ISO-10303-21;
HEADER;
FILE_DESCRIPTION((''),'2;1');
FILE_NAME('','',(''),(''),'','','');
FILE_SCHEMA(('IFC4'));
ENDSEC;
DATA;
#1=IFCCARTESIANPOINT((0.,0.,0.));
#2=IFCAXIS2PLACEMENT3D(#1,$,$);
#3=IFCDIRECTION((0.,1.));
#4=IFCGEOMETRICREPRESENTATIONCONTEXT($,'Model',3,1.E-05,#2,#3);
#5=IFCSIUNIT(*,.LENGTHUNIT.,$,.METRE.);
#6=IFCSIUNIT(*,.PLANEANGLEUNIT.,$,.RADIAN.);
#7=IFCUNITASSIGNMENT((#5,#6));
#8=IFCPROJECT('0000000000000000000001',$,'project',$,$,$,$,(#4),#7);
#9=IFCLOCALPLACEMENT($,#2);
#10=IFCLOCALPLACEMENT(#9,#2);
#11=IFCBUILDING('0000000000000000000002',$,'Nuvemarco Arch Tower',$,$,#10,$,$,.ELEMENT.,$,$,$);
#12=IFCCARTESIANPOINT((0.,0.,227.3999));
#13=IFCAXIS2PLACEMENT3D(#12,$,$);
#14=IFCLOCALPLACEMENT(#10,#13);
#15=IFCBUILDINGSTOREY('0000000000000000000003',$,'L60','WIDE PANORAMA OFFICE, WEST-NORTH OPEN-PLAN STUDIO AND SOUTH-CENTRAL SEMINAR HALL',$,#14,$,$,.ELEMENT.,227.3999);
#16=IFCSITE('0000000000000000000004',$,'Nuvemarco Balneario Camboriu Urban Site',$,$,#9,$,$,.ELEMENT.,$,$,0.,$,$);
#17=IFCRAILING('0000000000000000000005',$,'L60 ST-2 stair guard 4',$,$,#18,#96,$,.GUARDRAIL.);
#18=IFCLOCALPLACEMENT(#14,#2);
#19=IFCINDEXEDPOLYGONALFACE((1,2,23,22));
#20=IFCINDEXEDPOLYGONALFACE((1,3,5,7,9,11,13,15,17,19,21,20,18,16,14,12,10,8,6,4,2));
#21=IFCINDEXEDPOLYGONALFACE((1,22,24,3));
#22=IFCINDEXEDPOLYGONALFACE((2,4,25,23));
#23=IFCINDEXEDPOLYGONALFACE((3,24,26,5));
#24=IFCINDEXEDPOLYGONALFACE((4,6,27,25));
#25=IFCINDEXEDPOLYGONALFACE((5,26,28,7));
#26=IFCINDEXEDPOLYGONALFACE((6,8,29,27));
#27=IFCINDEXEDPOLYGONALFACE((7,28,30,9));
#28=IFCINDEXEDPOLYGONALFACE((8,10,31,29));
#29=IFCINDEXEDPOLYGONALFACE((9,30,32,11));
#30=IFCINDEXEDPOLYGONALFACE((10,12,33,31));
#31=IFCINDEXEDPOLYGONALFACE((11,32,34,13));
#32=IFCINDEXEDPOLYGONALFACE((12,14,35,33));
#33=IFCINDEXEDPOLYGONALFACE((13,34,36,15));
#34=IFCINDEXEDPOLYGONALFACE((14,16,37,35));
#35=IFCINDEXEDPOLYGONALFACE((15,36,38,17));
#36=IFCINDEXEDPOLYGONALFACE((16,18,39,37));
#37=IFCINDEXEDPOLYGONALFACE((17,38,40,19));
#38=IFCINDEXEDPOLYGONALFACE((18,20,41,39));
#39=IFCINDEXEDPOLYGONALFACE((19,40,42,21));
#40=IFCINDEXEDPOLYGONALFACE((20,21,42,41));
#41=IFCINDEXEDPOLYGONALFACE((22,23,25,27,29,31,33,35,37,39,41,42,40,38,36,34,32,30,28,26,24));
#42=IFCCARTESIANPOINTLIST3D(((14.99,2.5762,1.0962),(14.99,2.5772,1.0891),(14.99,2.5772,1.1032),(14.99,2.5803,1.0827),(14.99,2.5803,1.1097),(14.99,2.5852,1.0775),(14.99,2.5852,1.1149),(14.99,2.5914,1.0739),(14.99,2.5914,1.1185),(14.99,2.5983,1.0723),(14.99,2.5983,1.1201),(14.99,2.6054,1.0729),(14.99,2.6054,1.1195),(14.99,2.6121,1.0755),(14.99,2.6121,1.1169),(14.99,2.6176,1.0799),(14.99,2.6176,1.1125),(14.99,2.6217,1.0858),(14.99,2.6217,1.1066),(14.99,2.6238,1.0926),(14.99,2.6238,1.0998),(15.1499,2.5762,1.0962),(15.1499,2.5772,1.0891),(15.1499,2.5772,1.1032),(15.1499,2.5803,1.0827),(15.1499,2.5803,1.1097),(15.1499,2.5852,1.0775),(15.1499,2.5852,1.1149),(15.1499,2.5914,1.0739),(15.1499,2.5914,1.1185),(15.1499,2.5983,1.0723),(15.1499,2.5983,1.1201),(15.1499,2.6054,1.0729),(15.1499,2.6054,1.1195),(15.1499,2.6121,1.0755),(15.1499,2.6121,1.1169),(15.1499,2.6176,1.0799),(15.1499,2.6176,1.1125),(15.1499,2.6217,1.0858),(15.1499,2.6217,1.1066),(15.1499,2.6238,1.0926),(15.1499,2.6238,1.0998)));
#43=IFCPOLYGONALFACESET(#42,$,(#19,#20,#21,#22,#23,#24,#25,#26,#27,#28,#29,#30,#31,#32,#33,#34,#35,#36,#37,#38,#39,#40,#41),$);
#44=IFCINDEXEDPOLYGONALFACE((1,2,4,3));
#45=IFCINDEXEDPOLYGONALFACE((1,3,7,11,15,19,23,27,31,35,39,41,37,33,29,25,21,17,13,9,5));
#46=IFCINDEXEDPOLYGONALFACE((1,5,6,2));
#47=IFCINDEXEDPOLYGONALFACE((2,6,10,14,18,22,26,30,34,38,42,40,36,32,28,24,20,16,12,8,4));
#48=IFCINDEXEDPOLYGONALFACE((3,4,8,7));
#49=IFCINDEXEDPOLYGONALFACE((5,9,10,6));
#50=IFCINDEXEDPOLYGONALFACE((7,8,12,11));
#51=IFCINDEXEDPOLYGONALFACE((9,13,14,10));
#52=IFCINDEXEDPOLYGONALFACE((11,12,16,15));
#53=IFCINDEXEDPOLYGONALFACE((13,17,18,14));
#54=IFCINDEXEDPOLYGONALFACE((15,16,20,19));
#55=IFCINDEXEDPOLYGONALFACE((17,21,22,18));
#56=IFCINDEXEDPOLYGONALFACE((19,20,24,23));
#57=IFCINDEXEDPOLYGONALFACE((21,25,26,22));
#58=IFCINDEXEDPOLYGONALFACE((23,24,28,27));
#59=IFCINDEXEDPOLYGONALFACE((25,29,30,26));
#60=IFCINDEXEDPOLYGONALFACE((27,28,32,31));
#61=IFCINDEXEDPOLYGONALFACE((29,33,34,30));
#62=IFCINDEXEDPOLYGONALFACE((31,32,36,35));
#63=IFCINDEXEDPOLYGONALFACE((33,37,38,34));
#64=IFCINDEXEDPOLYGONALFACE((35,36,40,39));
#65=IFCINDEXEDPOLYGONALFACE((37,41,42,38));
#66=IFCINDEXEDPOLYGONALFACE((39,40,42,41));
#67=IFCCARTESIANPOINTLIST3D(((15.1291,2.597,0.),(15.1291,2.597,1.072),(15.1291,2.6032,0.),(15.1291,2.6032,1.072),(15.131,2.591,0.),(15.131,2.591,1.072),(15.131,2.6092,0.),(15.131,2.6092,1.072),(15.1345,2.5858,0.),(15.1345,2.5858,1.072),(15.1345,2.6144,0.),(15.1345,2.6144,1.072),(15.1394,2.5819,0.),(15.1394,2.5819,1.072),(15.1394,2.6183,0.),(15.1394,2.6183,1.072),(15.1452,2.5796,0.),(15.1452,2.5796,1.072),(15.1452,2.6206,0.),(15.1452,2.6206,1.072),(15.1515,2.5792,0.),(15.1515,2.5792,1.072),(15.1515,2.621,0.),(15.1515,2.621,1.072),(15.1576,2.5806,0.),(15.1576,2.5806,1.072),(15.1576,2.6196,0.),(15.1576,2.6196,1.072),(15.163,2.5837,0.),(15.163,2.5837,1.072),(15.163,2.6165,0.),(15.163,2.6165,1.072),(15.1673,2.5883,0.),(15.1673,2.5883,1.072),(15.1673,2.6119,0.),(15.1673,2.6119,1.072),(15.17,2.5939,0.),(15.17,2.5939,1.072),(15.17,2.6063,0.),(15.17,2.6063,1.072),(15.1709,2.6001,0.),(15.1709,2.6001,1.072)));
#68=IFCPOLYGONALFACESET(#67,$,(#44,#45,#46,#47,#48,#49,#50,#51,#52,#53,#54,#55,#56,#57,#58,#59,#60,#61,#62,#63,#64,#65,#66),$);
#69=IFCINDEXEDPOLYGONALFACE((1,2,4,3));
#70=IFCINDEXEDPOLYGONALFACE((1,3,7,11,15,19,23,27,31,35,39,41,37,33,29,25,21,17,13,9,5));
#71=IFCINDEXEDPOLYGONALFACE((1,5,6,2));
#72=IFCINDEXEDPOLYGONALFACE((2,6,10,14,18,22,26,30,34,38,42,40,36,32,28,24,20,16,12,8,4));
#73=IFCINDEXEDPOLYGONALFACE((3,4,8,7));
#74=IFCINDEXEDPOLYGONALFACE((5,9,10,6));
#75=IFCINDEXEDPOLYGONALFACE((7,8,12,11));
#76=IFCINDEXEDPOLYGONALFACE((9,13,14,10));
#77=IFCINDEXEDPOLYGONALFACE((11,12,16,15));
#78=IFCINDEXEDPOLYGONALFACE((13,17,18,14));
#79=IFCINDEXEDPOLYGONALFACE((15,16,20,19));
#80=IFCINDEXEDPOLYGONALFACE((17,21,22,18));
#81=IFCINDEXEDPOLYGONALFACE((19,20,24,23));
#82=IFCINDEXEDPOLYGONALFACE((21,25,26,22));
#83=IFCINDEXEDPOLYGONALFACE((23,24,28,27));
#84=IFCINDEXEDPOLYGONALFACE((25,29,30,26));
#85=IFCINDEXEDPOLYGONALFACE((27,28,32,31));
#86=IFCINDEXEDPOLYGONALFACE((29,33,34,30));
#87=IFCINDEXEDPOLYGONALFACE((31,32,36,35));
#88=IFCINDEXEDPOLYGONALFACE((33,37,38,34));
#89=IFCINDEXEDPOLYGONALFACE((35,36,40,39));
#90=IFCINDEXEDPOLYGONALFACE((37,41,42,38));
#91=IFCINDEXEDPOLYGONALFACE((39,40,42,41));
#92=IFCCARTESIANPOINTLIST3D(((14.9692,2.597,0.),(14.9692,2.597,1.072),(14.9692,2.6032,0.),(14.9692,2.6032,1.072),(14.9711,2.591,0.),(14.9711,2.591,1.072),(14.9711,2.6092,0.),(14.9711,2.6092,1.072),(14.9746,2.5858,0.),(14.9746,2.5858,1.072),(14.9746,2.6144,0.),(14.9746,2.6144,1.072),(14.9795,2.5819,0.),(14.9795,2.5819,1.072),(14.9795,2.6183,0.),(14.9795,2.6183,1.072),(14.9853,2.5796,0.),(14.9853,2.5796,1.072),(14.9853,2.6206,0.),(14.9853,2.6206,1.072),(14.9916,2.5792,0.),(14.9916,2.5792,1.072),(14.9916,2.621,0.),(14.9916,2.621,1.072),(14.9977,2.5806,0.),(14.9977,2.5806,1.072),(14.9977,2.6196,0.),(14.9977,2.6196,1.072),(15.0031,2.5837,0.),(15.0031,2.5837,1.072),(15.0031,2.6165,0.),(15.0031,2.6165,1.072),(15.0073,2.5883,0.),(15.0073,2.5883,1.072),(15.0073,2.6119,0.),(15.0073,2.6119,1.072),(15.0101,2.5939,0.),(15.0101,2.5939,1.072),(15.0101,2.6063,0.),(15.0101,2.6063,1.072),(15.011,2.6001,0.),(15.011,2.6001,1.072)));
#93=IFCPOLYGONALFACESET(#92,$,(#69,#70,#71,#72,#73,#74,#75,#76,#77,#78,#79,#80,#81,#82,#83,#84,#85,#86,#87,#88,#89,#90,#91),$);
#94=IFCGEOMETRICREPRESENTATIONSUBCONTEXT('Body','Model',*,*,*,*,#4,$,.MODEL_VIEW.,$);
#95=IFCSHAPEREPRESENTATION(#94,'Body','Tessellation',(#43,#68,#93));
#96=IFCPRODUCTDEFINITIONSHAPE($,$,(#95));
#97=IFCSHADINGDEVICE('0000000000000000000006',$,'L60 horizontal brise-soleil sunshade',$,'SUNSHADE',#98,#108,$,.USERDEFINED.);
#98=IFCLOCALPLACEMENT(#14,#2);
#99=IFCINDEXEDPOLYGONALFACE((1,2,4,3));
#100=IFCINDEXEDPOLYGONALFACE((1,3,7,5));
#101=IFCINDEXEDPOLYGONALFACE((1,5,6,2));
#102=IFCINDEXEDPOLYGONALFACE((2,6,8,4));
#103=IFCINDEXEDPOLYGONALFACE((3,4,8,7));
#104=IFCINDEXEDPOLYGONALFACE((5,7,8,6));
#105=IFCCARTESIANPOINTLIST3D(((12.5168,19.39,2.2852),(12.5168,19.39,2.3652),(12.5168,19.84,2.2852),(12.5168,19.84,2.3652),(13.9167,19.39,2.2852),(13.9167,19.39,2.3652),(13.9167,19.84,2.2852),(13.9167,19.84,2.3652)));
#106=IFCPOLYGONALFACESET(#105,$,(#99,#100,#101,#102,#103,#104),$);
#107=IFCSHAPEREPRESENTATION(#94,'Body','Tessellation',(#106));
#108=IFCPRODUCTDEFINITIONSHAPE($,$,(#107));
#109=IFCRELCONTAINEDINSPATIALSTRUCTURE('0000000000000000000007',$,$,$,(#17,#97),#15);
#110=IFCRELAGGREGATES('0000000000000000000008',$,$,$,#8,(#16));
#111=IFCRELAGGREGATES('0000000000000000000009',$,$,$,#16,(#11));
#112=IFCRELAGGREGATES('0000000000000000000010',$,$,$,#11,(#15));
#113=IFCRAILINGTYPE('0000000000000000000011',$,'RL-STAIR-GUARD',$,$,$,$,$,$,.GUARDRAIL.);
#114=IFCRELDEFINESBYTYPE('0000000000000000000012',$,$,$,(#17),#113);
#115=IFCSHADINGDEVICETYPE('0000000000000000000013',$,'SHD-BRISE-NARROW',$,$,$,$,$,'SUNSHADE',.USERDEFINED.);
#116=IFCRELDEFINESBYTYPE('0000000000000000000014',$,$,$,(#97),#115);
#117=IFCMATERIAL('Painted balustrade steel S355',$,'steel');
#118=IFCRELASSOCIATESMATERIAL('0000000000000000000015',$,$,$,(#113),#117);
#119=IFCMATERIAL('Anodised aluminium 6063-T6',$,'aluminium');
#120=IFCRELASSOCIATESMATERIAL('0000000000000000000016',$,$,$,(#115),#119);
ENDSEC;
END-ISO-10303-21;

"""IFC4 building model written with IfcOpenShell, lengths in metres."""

from ifc_helpers import new_model, si_unit, direction, frame, origin, origin_2d, place, context, subcontext, project, spatial, rectangle, circle, extrude, source, transform, mapped, material, type_object, type_shapes, element, save


model = new_model("IFC4")

# Units and contexts
model_context = context("Model", 3, precision=1e-05, world=origin(), true_north=direction((0.0, 1.0)))
body_context = subcontext(model_context, "Body", "Model", "MODEL_VIEW")
ifc_project = project(units=[si_unit("LENGTHUNIT", "METRE"), si_unit("PLANEANGLEUNIT", "RADIAN")], contexts=[model_context])

# Site, building, storey
site_placement = place(None, origin())
site = spatial("IfcSite", under=ifc_project, at=site_placement, Name="Nuvemarco Balneario Camboriu Urban Site", CompositionType="ELEMENT", RefElevation=0.0)
building_placement = place(site_placement, origin())
building = spatial("IfcBuilding", under=site, at=building_placement, Name="Nuvemarco Arch Tower", CompositionType="ELEMENT")
storey_placement = place(building_placement, frame((0.0, 0.0, 227.3999)))
storey = spatial("IfcBuildingStorey", under=building, at=storey_placement, Name="L60", Description="WIDE PANORAMA OFFICE, WEST-NORTH OPEN-PLAN STUDIO AND SOUTH-CENTRAL SEMINAR HALL", CompositionType="ELEMENT", Elevation=227.3999)

# Railing
ifc_material_1 = material(Name="Painted balustrade steel S355", Category="steel")
railing_type_1 = type_object("IfcRailingType", Name="RL-STAIR-GUARD", PredefinedType="GUARDRAIL", material=ifc_material_1)
railing_1_placement = place(storey_placement, frame((15.1499, 2.6001, 0.0)))
element("IfcRailing", 1, at=railing_1_placement, inside=storey, type_object=railing_type_1, Name="L60 ST-2 stair guard 4", PredefinedType="GUARDRAIL", context=body_context, shape_type="SweptSolid", body=[
    extrude(circle(Radius=0.0239, at=origin_2d()), frame((0.0, 0.0, 1.0962), z_axis=(-1.0, 0.0, 0.0), x_axis=(0.0, -1.0, 0.0)), (0.0, 0.0, 1.0), 0.1599),
    extrude(circle(Radius=0.021, at=origin_2d()), origin(), (0.0, 0.0, 1.0), 1.072),
    extrude(circle(Radius=0.021, at=origin_2d()), frame((-0.1599, 0.0, 0.0)), (0.0, 0.0, 1.0), 1.072),
])

# Shading device
ifc_material_2 = material(Name="Anodised aluminium 6063-T6", Category="aluminium")
shading_device_type = type_object("IfcShadingDeviceType", Name="SHD-BRISE-NARROW", ElementType="SUNSHADE", PredefinedType="USERDEFINED", material=ifc_material_2)
shared_shape_1 = source(origin(), body_context, "Body", "SweptSolid", [
    extrude(rectangle(XDim=1.3999, YDim=0.45, at=origin_2d()), origin(), (0.0, 0.0, 1.0), 0.0801),
])
type_shapes(shading_device_type, [shared_shape_1])
shading_device_placement = place(storey_placement, frame((13.2168, 19.615, 2.2852), z_axis=(0.0, 0.0, 1.0), x_axis=(1.0, 0.0, 0.0)))
element("IfcShadingDevice", 2, at=shading_device_placement, inside=storey, type_object=shading_device_type, Name="L60 horizontal brise-soleil sunshade", ObjectType="SUNSHADE", PredefinedType="USERDEFINED", context=body_context, shape_type="MappedRepresentation", body=[
    mapped(shared_shape_1, transform((0.0, 0.0, 0.0), scale=1.0)),
])

save(model, "model.ifc")
